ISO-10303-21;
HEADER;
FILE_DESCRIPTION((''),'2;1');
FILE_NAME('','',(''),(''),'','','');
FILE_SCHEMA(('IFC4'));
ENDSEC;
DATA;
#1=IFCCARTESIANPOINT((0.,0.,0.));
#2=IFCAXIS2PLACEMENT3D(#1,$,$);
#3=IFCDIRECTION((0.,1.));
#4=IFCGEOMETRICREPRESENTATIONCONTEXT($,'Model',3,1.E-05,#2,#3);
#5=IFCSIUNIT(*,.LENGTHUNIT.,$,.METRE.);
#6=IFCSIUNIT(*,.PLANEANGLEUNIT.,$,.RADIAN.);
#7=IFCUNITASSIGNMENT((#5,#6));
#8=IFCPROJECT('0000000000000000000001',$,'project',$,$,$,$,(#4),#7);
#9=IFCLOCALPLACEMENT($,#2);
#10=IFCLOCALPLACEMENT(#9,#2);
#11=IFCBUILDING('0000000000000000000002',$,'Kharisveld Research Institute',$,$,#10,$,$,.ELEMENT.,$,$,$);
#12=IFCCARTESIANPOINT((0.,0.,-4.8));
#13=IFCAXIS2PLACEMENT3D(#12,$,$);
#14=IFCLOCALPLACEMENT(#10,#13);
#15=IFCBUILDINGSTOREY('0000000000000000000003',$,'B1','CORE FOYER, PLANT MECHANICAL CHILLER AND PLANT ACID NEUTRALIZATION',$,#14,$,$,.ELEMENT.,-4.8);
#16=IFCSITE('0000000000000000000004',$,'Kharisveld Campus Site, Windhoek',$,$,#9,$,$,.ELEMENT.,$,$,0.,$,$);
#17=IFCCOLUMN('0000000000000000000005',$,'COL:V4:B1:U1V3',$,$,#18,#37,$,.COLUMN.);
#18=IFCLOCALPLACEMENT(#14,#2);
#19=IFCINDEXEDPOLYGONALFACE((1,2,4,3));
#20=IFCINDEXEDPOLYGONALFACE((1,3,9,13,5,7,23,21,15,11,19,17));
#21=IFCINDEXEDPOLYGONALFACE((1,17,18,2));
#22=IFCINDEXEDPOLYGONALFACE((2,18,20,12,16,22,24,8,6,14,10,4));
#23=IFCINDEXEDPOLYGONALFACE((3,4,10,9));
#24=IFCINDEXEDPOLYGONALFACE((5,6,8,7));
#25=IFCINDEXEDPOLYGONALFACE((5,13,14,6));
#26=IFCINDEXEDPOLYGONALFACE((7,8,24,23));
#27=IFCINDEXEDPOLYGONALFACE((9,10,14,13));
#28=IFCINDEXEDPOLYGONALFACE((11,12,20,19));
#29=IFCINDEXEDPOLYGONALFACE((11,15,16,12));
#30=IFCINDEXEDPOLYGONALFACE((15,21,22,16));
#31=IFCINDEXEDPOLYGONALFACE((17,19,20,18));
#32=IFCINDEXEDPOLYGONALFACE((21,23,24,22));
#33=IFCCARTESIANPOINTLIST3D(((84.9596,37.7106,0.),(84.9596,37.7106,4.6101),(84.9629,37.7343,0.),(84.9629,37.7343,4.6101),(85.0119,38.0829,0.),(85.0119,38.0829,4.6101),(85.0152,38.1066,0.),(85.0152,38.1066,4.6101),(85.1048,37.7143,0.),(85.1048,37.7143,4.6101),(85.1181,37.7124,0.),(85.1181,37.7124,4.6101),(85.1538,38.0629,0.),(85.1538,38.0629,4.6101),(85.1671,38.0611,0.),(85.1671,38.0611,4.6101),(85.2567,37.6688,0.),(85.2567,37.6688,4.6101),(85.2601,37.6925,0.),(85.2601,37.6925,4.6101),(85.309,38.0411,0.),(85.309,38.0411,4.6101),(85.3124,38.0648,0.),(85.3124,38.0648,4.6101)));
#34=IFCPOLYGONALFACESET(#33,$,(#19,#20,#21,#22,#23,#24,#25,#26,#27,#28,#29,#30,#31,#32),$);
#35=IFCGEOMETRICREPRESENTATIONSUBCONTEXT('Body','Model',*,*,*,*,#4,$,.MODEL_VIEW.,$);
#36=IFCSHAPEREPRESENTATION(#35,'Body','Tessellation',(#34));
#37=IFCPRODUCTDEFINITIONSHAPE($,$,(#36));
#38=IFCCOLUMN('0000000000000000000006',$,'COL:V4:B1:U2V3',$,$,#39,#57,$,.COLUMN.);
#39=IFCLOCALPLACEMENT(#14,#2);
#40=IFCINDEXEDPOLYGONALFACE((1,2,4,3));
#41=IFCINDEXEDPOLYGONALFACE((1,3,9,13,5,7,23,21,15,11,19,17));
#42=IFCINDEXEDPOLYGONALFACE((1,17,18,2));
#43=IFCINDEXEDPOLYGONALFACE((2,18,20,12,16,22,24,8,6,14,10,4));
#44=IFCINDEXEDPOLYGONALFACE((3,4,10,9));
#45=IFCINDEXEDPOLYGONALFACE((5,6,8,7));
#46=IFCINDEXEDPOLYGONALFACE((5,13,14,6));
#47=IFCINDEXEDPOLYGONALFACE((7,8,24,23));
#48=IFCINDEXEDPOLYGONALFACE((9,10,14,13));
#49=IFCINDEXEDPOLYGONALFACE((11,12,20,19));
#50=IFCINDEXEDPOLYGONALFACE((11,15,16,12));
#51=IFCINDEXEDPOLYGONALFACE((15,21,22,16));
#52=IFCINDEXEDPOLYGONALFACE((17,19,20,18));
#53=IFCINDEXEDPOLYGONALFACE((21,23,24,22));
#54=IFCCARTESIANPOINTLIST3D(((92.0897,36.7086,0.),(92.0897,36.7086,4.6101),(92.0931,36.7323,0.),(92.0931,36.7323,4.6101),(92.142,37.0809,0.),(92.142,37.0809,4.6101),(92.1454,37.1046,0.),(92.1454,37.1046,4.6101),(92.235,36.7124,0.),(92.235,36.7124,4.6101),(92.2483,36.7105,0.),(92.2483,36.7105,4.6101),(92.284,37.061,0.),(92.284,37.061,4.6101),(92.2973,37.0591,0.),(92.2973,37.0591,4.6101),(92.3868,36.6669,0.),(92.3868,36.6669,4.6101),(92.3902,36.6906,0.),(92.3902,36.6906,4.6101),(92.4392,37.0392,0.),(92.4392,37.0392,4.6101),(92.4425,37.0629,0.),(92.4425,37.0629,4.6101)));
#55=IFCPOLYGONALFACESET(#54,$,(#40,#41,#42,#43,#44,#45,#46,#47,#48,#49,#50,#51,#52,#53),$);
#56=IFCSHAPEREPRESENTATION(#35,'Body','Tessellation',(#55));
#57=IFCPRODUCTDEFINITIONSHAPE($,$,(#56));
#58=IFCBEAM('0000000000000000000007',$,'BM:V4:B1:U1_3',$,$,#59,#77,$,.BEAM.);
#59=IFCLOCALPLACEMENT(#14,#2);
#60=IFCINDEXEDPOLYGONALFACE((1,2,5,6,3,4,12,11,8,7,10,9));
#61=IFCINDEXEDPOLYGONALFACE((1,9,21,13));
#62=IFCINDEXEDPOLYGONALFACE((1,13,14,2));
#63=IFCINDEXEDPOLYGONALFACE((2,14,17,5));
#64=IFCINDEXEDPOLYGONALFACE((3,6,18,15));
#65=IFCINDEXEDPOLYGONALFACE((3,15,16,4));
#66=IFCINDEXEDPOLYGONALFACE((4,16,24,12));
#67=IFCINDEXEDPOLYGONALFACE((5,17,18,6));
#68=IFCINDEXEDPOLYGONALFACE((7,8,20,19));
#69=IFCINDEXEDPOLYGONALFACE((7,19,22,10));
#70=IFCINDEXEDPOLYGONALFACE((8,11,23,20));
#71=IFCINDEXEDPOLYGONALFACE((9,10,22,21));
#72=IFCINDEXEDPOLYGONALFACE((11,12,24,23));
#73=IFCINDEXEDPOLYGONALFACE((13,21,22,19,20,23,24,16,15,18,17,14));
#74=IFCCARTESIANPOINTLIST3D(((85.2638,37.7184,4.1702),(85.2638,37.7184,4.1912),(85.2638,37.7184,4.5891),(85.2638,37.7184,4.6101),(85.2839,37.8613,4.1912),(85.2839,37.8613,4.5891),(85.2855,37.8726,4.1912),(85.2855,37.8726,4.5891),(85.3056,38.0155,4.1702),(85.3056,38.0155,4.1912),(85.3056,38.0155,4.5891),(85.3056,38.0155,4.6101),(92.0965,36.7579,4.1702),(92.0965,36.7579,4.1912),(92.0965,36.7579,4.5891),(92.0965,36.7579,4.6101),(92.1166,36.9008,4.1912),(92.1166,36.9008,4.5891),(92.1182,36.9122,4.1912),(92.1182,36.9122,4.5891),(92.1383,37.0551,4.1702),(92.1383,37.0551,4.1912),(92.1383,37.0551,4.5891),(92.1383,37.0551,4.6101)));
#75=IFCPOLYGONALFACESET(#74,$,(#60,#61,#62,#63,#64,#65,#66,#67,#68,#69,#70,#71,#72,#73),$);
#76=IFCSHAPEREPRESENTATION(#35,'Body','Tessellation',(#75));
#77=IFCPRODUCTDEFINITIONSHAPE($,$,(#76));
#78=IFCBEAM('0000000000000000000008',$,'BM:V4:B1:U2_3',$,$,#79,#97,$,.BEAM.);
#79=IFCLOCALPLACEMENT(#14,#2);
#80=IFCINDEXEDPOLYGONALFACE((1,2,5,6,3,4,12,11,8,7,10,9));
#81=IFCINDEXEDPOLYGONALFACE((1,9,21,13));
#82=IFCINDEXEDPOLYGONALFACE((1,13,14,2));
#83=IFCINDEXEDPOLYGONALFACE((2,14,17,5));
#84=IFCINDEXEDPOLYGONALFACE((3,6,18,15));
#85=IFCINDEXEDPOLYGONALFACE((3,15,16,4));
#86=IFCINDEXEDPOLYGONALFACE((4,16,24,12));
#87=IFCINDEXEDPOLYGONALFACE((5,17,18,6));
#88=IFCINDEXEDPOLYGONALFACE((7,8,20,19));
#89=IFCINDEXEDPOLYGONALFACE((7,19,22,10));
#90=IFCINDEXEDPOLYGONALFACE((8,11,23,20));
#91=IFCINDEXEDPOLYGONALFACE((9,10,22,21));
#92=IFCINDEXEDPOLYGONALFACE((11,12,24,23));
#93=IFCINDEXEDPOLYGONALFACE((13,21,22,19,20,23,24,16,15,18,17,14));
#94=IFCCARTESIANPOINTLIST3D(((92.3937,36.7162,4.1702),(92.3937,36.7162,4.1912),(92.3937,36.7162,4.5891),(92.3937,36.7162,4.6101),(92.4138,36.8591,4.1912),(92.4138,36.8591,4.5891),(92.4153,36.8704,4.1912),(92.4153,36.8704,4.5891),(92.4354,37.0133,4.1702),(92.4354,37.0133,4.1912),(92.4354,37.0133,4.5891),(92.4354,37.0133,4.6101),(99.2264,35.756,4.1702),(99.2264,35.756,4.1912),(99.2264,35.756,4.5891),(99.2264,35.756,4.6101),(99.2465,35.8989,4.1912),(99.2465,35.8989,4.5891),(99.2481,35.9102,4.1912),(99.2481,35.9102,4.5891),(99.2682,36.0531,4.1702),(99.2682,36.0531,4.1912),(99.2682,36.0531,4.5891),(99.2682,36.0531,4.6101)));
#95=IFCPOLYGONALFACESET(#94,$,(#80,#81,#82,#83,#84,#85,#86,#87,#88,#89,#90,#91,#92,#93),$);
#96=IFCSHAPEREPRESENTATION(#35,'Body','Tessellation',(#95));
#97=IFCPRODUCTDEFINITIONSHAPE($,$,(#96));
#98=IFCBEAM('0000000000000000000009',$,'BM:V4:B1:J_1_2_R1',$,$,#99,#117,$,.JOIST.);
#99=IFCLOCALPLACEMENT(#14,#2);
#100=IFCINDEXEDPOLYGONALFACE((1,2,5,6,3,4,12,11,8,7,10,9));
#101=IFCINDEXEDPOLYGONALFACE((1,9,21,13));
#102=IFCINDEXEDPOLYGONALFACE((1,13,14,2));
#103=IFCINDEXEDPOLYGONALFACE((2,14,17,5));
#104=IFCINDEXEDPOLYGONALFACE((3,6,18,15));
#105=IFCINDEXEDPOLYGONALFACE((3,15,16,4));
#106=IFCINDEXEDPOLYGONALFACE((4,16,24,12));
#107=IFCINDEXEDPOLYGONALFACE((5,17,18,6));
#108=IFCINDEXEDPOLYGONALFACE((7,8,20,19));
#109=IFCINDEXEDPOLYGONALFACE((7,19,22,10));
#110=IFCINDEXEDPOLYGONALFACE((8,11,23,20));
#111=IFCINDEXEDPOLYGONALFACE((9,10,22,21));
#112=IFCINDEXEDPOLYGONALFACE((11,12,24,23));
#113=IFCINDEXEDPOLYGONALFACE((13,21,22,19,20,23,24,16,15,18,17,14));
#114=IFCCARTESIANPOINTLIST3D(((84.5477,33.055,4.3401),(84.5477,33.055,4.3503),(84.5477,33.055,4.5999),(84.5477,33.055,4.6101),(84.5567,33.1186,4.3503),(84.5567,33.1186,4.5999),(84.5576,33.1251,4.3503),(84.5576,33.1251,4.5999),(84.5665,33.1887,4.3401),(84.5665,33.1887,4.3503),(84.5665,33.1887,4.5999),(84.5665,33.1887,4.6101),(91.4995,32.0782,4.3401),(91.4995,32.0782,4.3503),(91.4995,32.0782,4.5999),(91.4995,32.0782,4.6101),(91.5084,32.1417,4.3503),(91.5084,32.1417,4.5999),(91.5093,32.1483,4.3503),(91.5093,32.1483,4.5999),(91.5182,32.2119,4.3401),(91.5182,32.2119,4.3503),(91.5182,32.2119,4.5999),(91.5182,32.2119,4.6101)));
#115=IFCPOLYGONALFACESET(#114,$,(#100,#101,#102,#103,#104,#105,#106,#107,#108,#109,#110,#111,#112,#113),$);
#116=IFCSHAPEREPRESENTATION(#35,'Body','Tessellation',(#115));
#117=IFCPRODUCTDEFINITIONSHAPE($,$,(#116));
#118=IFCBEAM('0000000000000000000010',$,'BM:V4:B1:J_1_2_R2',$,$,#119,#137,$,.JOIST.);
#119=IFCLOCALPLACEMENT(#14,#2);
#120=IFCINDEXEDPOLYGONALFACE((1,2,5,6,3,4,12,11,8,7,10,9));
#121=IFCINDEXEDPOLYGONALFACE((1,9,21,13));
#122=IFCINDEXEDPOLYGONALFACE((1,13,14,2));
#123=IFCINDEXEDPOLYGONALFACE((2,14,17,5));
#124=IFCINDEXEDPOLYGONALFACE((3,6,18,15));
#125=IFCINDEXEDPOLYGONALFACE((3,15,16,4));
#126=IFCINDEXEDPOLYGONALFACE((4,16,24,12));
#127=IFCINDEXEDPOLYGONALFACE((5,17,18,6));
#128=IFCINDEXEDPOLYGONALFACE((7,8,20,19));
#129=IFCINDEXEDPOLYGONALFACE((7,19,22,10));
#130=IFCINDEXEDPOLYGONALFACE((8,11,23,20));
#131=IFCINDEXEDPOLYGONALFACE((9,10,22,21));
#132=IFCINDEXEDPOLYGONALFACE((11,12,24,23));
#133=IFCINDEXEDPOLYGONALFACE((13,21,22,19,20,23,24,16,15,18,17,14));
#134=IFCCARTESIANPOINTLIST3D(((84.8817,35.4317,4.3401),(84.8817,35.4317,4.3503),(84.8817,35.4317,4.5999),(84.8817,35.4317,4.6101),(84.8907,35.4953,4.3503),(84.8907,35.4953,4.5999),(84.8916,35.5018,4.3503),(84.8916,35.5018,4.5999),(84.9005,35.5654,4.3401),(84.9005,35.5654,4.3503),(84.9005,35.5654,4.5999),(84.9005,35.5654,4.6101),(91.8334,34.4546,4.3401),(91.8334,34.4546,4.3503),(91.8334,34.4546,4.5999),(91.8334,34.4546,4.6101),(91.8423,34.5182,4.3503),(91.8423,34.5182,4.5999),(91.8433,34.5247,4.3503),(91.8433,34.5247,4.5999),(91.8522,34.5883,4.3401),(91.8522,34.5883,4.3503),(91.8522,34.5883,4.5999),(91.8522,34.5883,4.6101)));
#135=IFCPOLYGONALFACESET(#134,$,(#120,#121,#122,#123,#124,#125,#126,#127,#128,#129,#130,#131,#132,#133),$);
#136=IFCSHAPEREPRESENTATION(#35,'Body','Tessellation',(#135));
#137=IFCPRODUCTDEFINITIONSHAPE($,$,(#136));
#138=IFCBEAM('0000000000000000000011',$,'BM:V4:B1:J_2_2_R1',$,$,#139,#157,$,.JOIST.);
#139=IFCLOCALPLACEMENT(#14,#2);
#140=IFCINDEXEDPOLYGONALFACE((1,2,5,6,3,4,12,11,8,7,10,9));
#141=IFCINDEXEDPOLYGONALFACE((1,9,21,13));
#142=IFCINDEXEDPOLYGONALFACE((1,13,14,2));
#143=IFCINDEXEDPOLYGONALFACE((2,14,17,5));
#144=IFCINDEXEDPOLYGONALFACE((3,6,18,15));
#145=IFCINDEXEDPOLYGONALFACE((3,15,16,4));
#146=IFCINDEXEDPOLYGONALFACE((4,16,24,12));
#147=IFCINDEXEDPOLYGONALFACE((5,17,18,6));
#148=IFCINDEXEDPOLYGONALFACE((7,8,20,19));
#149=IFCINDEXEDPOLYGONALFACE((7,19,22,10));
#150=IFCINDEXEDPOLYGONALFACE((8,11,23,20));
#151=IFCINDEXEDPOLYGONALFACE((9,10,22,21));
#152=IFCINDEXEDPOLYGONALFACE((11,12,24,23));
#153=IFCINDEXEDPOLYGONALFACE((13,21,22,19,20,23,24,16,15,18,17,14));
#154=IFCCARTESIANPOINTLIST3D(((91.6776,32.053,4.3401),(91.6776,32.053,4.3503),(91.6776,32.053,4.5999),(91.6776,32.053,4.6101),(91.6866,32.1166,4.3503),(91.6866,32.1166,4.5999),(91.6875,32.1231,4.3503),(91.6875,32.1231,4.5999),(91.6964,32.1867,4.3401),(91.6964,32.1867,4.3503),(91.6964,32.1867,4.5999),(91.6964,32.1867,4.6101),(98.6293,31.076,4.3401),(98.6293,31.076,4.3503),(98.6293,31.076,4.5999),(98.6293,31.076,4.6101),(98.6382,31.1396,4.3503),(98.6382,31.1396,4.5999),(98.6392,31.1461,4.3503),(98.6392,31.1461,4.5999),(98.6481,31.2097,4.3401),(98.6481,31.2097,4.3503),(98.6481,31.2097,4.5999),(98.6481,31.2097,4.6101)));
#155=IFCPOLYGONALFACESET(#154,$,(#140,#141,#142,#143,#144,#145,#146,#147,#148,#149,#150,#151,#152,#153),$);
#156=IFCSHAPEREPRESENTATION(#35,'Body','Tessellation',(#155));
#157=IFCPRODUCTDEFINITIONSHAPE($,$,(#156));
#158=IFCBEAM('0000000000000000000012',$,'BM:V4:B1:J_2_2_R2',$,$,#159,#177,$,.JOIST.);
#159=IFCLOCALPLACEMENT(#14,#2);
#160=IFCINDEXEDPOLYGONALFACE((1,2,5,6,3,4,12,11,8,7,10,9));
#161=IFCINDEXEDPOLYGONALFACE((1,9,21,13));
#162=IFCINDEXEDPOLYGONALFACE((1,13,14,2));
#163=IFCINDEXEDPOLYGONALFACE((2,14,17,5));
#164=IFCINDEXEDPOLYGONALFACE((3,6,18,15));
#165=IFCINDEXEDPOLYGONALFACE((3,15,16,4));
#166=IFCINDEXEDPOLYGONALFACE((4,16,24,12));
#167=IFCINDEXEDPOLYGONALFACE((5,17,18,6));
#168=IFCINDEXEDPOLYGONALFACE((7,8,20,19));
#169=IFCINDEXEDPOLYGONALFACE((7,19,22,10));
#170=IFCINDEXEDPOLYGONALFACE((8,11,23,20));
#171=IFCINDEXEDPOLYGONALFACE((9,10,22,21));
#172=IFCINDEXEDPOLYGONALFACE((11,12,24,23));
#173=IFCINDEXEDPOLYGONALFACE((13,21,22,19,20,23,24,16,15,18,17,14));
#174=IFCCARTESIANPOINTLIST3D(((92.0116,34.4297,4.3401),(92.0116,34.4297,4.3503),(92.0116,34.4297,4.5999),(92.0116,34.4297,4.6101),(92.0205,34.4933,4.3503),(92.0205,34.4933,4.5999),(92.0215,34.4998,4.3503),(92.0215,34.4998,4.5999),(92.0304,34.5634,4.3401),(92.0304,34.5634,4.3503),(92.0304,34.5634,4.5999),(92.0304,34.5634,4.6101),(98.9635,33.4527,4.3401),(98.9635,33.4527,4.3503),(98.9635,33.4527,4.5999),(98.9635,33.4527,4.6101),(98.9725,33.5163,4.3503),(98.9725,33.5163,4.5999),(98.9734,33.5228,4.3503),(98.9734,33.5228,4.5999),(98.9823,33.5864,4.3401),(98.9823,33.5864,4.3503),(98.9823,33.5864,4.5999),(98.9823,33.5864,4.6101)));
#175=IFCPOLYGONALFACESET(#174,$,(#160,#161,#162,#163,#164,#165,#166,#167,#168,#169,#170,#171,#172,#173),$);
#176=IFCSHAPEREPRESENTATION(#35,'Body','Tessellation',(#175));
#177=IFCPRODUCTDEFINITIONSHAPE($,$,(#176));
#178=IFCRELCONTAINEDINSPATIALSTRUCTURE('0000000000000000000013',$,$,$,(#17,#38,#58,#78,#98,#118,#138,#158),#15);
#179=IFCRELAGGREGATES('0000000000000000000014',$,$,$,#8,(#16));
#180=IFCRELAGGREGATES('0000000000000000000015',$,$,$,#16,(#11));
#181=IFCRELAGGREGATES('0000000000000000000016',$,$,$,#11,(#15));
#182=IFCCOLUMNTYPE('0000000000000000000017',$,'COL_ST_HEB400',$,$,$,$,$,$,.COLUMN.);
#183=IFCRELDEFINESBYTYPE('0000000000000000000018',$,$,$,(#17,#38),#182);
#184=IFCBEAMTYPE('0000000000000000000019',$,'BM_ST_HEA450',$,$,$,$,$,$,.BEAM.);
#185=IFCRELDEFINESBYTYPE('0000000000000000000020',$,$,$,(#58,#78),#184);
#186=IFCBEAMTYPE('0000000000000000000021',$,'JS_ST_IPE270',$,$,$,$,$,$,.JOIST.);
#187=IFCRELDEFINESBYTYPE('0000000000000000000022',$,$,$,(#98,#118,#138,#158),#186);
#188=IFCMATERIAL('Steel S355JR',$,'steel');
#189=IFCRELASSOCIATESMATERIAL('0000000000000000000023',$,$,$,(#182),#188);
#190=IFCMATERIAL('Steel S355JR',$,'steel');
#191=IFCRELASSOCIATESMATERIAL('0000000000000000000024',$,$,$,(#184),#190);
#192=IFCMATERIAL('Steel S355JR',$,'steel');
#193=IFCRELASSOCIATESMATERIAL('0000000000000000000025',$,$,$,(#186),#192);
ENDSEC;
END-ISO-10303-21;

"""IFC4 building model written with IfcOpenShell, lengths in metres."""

from ifc_helpers import new_model, si_unit, direction, frame, origin, origin_2d, place, context, subcontext, project, spatial, i_section, extrude, material, material_profile, profile_set, type_object, element, save


model = new_model("IFC4")

# Units and contexts
model_context = context("Model", 3, precision=1e-05, world=origin(), true_north=direction((0.0, 1.0)))
body_context = subcontext(model_context, "Body", "Model", "MODEL_VIEW")
ifc_project = project(units=[si_unit("LENGTHUNIT", "METRE"), si_unit("PLANEANGLEUNIT", "RADIAN")], contexts=[model_context])

# Site, building, storey
site_placement = place(None, origin())
site = spatial("IfcSite", under=ifc_project, at=site_placement, Name="Kharisveld Campus Site, Windhoek", CompositionType="ELEMENT", RefElevation=0.0)
building_placement = place(site_placement, origin())
building = spatial("IfcBuilding", under=site, at=building_placement, Name="Kharisveld Research Institute", CompositionType="ELEMENT")
storey_placement = place(building_placement, frame((0.0, 0.0, -4.8)))
storey = spatial("IfcBuildingStorey", under=building, at=storey_placement, Name="B1", Description="CORE FOYER, PLANT MECHANICAL CHILLER AND PLANT ACID NEUTRALIZATION", CompositionType="ELEMENT", Elevation=-4.8)

# Columns
ifc_material_1 = material(Name="Steel S355JR", Category="steel")
ifc_material_profile_1 = material_profile(ifc_material_1, i_section(OverallWidth=0.3, OverallDepth=0.3999, WebThickness=0.0134, FlangeThickness=0.0239, at=origin_2d()))
ifc_profile_set_1 = profile_set([ifc_material_profile_1], Name="Steel S355JR")
column_type_1 = type_object("IfcColumnType", Name="COL_ST_HEB400", PredefinedType="COLUMN", material=ifc_profile_set_1)
for number, where, z_axis, x_axis, name in (
    (1, (85.136, 37.8877, 0.0), (0.0, 0.0, 1.0), (0.990268, -0.139173, 0.0), "COL:V4:B1:U1V3"),
    (2, (92.2661, 36.8857, 0.0), (0.0, 0.0, 1.0), (0.990268, -0.139173, 0.0), "COL:V4:B1:U2V3"),
):
    element("IfcColumn", number, at=place(storey_placement, frame(where, z_axis=z_axis, x_axis=x_axis)), inside=storey, type_object=column_type_1, Name=name, PredefinedType="COLUMN", context=body_context, shape_type="SweptSolid", body=[
        extrude(i_section(OverallWidth=0.3, OverallDepth=0.3999, WebThickness=0.0134, FlangeThickness=0.0239, at=origin_2d()), origin(), (0.0, 0.0, 1.0), 4.6101),
    ])

# Beams
ifc_material_2 = material(Name="Steel S355JR", Category="steel")
ifc_material_profile_2 = material_profile(ifc_material_2, i_section(OverallWidth=0.3, OverallDepth=0.4399, WebThickness=0.0115, FlangeThickness=0.021, at=origin_2d()))
ifc_profile_set_2 = profile_set([ifc_material_profile_2], Name="Steel S355JR")
beam_type_1 = type_object("IfcBeamType", Name="BM_ST_HEA450", PredefinedType="BEAM", material=ifc_profile_set_2)
for number, where, z_axis, x_axis, name in (
    (3, (85.2847, 37.8669, 4.3901), (0.990265, -0.139197, 0.0), (0.139197, 0.990265, 0.0), "BM:V4:B1:U1_3"),
    (4, (92.4146, 36.8647, 4.3901), (0.99027, -0.139162, 0.0), (0.139162, 0.99027, 0.0), "BM:V4:B1:U2_3"),
):
    element("IfcBeam", number, at=place(storey_placement, frame(where, z_axis=z_axis, x_axis=x_axis)), inside=storey, type_object=beam_type_1, Name=name, PredefinedType="BEAM", context=body_context, shape_type="SweptSolid", body=[
        extrude(i_section(OverallWidth=0.3, OverallDepth=0.4399, WebThickness=0.0115, FlangeThickness=0.021, at=origin_2d()), origin(), (0.0, 0.0, 1.0), 6.8999),
    ])
ifc_material_3 = material(Name="Steel S355JR", Category="steel")
ifc_material_profile_3 = material_profile(ifc_material_3, i_section(OverallWidth=0.135, OverallDepth=0.27, WebThickness=0.0066, FlangeThickness=0.0103, at=origin_2d()))
ifc_profile_set_3 = profile_set([ifc_material_profile_3], Name="Steel S355JR")
beam_type_2 = type_object("IfcBeamType", Name="JS_ST_IPE270", PredefinedType="JOIST", material=ifc_profile_set_3)
for number, where, z_axis, x_axis, name in (
    (5, (84.5571, 33.1218, 4.4751), (0.990272, -0.139147, 0.0), (0.139147, 0.990272, 0.0), "BM:V4:B1:J_1_2_R1"),
    (6, (84.8911, 35.4985, 4.4751), (0.990267, -0.139181, 0.0), (0.139181, 0.990267, 0.0), "BM:V4:B1:J_1_2_R2"),
    (7, (91.687, 32.1199, 4.4751), (0.990267, -0.139181, 0.0), (0.139181, 0.990267, 0.0), "BM:V4:B1:J_2_2_R1"),
):
    element("IfcBeam", number, at=place(storey_placement, frame(where, z_axis=z_axis, x_axis=x_axis)), inside=storey, type_object=beam_type_2, Name=name, PredefinedType="JOIST", context=body_context, shape_type="SweptSolid", body=[
        extrude(i_section(OverallWidth=0.135, OverallDepth=0.27, WebThickness=0.0066, FlangeThickness=0.0103, at=origin_2d()), origin(), (0.0, 0.0, 1.0), 7.02),
    ])
beam_placement = place(storey_placement, frame((92.021, 34.4966, 4.4751), z_axis=(0.990268, -0.139177, 0.0), x_axis=(0.139177, 0.990268, 0.0)))
element("IfcBeam", 8, at=beam_placement, inside=storey, type_object=beam_type_2, Name="BM:V4:B1:J_2_2_R2", PredefinedType="JOIST", context=body_context, shape_type="SweptSolid", body=[
    extrude(i_section(OverallWidth=0.135, OverallDepth=0.27, WebThickness=0.0066, FlangeThickness=0.0103, at=origin_2d()), origin(), (0.0, 0.0, 1.0), 7.0203),
])

save(model, "model.ifc")
